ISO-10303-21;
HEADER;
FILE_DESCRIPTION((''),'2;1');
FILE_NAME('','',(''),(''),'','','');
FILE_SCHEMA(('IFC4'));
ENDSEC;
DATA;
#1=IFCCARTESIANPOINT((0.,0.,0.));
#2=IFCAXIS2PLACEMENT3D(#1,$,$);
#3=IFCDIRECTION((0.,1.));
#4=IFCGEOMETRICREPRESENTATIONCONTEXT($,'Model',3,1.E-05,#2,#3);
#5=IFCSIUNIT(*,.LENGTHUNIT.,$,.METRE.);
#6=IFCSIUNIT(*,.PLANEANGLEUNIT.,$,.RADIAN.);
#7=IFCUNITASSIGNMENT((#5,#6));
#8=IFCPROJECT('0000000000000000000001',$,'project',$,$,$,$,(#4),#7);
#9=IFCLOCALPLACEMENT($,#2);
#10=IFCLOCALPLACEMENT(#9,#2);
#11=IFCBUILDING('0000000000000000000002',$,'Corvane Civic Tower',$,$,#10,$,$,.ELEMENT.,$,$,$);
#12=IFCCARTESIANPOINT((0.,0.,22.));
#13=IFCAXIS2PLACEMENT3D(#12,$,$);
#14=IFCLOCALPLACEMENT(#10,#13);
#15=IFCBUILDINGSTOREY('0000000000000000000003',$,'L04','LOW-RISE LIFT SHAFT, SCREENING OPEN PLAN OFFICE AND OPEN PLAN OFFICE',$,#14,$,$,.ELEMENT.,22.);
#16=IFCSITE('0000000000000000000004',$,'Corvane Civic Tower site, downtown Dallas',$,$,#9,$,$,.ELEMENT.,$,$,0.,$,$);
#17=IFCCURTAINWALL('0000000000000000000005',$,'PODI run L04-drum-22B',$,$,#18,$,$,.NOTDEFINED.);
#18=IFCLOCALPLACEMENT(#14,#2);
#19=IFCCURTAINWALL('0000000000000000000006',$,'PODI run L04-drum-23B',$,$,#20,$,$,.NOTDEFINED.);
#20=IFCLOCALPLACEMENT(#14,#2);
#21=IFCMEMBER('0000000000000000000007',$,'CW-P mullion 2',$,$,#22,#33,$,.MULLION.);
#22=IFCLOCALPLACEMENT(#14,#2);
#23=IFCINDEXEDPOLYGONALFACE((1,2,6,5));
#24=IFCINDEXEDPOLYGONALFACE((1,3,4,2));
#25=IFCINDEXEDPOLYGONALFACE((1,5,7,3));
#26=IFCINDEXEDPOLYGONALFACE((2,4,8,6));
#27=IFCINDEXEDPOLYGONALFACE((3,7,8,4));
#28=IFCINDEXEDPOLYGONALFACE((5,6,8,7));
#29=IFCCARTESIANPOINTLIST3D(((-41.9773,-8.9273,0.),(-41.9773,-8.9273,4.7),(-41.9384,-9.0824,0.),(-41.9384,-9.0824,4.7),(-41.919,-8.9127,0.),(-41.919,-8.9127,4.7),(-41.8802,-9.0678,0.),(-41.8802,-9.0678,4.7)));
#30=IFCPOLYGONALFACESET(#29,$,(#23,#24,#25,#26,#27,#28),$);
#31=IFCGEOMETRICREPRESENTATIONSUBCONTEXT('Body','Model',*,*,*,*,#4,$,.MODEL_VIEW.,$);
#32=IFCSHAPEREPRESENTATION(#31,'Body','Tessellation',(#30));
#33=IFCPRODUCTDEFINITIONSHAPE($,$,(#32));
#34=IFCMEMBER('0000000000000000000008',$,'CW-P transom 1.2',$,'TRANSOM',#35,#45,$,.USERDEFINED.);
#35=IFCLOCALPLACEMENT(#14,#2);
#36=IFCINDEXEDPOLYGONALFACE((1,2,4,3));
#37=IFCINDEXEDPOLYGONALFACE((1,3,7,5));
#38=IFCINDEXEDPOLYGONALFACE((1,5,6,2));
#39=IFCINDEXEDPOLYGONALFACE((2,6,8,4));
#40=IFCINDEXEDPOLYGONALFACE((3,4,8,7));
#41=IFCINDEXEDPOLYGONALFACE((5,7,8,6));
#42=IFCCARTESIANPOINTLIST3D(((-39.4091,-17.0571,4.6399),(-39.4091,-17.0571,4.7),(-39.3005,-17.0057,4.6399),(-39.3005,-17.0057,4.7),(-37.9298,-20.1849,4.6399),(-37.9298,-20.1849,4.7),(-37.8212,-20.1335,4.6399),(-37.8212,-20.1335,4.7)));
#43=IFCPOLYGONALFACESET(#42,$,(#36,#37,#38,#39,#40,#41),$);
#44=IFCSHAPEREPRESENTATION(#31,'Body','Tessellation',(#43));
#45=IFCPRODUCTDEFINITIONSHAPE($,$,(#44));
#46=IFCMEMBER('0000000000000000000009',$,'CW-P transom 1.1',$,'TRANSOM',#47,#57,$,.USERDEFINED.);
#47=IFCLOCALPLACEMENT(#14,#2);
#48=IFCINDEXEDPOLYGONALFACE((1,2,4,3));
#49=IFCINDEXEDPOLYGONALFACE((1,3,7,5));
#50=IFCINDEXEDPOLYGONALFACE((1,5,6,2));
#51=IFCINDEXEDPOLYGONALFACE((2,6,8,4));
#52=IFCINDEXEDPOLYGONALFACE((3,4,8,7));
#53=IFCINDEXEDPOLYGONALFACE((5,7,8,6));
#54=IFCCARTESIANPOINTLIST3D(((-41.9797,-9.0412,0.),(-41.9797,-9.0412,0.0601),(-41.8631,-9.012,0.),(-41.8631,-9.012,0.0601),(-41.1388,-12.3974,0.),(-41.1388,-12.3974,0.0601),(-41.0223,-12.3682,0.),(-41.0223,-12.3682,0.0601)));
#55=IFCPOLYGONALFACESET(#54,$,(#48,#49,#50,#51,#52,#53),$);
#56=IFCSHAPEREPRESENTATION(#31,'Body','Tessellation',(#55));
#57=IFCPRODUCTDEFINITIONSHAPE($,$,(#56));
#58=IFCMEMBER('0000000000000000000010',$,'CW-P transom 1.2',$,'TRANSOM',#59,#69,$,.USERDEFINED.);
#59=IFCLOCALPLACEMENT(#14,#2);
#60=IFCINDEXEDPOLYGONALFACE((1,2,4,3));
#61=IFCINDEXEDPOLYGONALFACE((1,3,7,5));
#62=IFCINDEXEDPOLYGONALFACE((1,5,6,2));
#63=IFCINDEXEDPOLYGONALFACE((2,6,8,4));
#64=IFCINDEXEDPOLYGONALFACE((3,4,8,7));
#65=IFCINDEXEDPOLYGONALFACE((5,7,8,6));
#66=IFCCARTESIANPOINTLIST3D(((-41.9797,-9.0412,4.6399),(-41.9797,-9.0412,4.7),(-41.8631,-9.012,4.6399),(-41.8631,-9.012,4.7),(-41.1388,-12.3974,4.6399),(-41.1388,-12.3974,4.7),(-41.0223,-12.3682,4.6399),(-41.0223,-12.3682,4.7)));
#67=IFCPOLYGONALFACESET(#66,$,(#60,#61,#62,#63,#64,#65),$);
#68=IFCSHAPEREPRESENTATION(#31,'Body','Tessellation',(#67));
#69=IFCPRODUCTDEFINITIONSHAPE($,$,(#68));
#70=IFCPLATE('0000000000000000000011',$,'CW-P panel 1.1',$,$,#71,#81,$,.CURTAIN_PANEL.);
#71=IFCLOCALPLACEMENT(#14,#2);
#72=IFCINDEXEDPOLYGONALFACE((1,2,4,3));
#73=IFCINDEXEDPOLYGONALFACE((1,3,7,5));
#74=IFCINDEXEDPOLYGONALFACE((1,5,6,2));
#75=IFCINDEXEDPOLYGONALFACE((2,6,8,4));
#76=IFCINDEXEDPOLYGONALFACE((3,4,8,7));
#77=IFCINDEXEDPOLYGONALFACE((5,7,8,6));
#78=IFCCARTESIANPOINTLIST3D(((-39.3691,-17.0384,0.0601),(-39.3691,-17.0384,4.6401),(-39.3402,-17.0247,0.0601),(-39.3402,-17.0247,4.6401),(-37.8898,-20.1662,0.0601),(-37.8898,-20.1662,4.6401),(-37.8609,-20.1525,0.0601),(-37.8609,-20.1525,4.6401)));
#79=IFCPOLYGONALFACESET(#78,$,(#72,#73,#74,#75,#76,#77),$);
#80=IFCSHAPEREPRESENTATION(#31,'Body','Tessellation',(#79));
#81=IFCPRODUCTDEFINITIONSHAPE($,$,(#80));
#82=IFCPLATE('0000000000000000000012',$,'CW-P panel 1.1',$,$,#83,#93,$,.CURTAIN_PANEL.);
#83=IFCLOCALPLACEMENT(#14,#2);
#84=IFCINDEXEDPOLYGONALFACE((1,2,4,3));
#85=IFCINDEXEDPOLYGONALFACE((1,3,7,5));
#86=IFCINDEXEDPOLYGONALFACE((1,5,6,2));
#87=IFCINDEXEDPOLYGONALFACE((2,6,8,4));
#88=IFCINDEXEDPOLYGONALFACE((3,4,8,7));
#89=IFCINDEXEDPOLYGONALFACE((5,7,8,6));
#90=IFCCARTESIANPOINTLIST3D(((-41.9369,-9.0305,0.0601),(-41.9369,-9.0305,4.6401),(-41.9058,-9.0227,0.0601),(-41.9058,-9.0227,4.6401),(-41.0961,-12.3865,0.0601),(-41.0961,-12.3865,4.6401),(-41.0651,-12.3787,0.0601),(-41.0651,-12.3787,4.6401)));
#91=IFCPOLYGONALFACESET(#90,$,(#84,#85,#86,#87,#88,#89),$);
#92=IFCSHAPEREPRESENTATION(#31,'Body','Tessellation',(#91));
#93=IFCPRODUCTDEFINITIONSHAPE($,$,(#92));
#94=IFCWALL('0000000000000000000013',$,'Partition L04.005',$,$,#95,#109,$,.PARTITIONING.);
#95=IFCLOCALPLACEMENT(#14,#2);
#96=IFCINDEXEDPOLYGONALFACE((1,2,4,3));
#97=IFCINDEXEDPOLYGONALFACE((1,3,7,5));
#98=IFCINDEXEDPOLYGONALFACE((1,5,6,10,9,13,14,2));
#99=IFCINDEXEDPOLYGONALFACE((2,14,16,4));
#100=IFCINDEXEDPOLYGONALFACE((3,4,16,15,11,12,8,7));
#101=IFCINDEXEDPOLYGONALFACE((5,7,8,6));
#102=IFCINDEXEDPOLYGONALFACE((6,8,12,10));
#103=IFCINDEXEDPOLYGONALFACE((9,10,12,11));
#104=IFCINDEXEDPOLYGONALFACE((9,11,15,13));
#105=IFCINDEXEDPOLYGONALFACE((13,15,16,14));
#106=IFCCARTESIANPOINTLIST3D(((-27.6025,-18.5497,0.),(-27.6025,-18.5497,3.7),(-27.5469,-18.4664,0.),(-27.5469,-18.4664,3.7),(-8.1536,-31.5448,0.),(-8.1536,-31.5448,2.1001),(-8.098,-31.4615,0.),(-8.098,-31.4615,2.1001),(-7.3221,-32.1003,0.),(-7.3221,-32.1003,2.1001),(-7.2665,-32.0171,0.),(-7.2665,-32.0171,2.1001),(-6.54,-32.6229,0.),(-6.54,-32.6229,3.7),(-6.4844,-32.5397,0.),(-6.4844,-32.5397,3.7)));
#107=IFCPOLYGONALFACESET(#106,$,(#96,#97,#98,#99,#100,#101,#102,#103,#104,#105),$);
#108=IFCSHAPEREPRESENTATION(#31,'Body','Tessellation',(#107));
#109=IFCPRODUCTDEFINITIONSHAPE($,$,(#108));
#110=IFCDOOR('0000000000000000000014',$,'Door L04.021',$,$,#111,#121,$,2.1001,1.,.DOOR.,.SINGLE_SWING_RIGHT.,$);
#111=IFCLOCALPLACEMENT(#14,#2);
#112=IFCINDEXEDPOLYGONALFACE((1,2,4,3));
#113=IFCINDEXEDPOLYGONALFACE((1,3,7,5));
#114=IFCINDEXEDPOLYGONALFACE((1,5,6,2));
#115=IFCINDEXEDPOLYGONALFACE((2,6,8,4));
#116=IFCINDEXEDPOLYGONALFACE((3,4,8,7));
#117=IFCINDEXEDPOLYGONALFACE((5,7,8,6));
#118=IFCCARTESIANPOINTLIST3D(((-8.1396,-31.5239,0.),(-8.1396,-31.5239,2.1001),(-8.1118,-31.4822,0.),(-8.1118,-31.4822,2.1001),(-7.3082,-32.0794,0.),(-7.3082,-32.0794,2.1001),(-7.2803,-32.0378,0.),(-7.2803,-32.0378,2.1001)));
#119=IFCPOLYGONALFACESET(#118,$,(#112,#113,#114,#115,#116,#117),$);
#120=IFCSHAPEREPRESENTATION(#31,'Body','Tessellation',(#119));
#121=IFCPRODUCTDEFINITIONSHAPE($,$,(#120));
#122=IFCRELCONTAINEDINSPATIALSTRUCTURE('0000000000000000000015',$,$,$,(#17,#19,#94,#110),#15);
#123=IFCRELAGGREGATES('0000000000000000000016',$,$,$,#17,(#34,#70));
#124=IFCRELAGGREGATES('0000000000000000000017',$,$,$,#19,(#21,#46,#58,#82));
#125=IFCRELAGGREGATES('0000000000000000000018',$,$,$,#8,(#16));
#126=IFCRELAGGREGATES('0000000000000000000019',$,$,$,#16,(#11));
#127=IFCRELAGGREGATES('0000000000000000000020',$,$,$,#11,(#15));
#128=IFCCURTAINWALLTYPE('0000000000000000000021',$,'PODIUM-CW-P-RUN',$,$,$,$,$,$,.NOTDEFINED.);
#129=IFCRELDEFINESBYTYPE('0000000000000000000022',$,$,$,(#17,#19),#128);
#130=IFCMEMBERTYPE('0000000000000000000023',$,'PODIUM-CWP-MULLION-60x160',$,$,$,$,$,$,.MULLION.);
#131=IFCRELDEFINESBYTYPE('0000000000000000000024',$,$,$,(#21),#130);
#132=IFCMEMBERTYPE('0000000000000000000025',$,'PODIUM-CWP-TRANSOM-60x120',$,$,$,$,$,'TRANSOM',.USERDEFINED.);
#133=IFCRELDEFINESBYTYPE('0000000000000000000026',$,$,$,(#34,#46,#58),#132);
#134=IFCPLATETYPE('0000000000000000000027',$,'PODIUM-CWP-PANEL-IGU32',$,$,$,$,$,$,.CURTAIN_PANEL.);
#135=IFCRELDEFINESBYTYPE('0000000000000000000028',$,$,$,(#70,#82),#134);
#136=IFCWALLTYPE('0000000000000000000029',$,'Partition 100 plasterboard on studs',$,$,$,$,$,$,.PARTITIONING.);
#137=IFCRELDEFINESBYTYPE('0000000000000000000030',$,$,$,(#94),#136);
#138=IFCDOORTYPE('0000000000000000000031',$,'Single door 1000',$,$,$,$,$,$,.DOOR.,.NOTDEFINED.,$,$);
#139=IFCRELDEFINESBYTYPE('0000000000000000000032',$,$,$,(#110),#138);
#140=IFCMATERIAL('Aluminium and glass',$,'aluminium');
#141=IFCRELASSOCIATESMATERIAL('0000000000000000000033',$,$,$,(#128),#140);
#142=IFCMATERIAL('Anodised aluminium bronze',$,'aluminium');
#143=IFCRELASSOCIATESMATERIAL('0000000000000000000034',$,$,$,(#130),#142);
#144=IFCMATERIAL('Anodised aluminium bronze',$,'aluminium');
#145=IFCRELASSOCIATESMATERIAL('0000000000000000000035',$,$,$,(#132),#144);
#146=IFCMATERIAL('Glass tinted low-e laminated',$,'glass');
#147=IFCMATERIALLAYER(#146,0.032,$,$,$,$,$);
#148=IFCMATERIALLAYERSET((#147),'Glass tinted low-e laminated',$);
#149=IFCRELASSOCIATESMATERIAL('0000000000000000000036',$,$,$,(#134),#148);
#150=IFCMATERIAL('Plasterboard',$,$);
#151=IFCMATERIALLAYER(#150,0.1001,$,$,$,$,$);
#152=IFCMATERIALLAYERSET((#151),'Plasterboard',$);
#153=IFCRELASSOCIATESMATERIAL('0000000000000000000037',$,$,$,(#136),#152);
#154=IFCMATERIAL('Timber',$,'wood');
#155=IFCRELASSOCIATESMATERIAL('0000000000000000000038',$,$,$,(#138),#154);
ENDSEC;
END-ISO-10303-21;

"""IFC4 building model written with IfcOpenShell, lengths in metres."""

from ifc_helpers import new_model, si_unit, direction, frame, frame_2d, origin, origin_2d, place, context, subcontext, project, spatial, rectangle, extrude, material, layer, layer_set, material_profile, profile_set, type_object, element, fill, aggregate, save


model = new_model("IFC4")

# Units and contexts
model_context = context("Model", 3, precision=1e-05, world=origin(), true_north=direction((0.0, 1.0)))
body_context = subcontext(model_context, "Body", "Model", "MODEL_VIEW")
ifc_project = project(units=[si_unit("LENGTHUNIT", "METRE"), si_unit("PLANEANGLEUNIT", "RADIAN")], contexts=[model_context])

# Site, building, storey
site_placement = place(None, origin())
site = spatial("IfcSite", under=ifc_project, at=site_placement, Name="Corvane Civic Tower site, downtown Dallas", CompositionType="ELEMENT", RefElevation=0.0)
building_placement = place(site_placement, origin())
building = spatial("IfcBuilding", under=site, at=building_placement, Name="Corvane Civic Tower", CompositionType="ELEMENT")
storey_placement = place(building_placement, frame((0.0, 0.0, 22.0)))
storey = spatial("IfcBuildingStorey", under=building, at=storey_placement, Name="L04", Description="LOW-RISE LIFT SHAFT, SCREENING OPEN PLAN OFFICE AND OPEN PLAN OFFICE", CompositionType="ELEMENT", Elevation=22.0)

# Curtain wall
ifc_material_1 = material(Name="Aluminium and glass", Category="aluminium")
curtain_wall_type = type_object("IfcCurtainWallType", Name="PODIUM-CW-P-RUN", PredefinedType="NOTDEFINED", material=ifc_material_1)
curtain_wall_1_placement = place(storey_placement, origin())
curtain_wall_1 = element("IfcCurtainWall", 1, at=curtain_wall_1_placement, inside=storey, type_object=curtain_wall_type, Name="PODI run L04-drum-22B", PredefinedType="NOTDEFINED")
ifc_material_2 = material(Name="Anodised aluminium bronze", Category="aluminium")
ifc_material_profile_1 = material_profile(ifc_material_2, rectangle(XDim=0.0601, YDim=0.1599, at=origin_2d()), Name="AL 60x160")
ifc_profile_set_1 = profile_set([ifc_material_profile_1], Name="Anodised aluminium bronze")
member_type_1 = type_object("IfcMemberType", Name="PODIUM-CWP-MULLION-60x160", PredefinedType="MULLION", material=ifc_profile_set_1)

# Curtain wall, member
curtain_wall_2_placement = place(storey_placement, origin())
curtain_wall_2 = element("IfcCurtainWall", 2, at=curtain_wall_2_placement, inside=storey, type_object=curtain_wall_type, Name="PODI run L04-drum-23B", PredefinedType="NOTDEFINED")
member_1_placement = place(storey_placement, frame((-41.9287, -8.9976, 0.0), z_axis=(0.0, 0.0, 1.0), x_axis=(-0.970024, -0.243009, 0.0)))
member_1 = element("IfcMember", 3, at=member_1_placement, type_object=member_type_1, Name="CW-P mullion 2", PredefinedType="MULLION", context=body_context, shape_type="SweptSolid", body=[
    extrude(rectangle(XDim=0.0601, YDim=0.1599, at=origin_2d()), origin(), (0.0, 0.0, 1.0), 4.7),
])

# Members
ifc_material_3 = material(Name="Anodised aluminium bronze", Category="aluminium")
ifc_material_profile_2 = material_profile(ifc_material_3, rectangle(XDim=0.1201, YDim=0.0601, at=origin_2d()), Name="AL 120x60")
ifc_profile_set_2 = profile_set([ifc_material_profile_2], Name="Anodised aluminium bronze")
member_type_2 = type_object("IfcMemberType", Name="PODIUM-CWP-TRANSOM-60x120", ElementType="TRANSOM", PredefinedType="USERDEFINED", material=ifc_profile_set_2)
member_2_placement = place(storey_placement, frame((-37.8755, -20.1592, 4.6699), z_axis=(-0.427546, 0.903993, 0.0), x_axis=(-0.903993, -0.427546, 0.0)))
member_2 = element("IfcMember", 4, at=member_2_placement, type_object=member_type_2, Name="CW-P transom 1.2", ObjectType="TRANSOM", PredefinedType="USERDEFINED", context=body_context, shape_type="SweptSolid", body=[
    extrude(rectangle(XDim=0.1201, YDim=0.0601, at=origin_2d()), origin(), (0.0, 0.0, 1.0), 3.46),
])
member_3_placement = place(storey_placement, frame((-41.0806, -12.3828, 0.03), z_axis=(-0.243017, 0.970022, 0.0), x_axis=(-0.970022, -0.243017, 0.0)))
member_3 = element("IfcMember", 5, at=member_3_placement, type_object=member_type_2, Name="CW-P transom 1.1", ObjectType="TRANSOM", PredefinedType="USERDEFINED", context=body_context, shape_type="SweptSolid", body=[
    extrude(rectangle(XDim=0.1201, YDim=0.0601, at=origin_2d()), origin(), (0.0, 0.0, 1.0), 3.46),
])
member_4_placement = place(storey_placement, frame((-41.0806, -12.3828, 4.6699), z_axis=(-0.243017, 0.970022, 0.0), x_axis=(-0.970022, -0.243017, 0.0)))
member_4 = element("IfcMember", 6, at=member_4_placement, type_object=member_type_2, Name="CW-P transom 1.2", ObjectType="TRANSOM", PredefinedType="USERDEFINED", context=body_context, shape_type="SweptSolid", body=[
    extrude(rectangle(XDim=0.1201, YDim=0.0601, at=origin_2d()), origin(), (0.0, 0.0, 1.0), 3.46),
])

# Plates
ifc_material_4 = material(Name="Glass tinted low-e laminated", Category="glass")
ifc_layer_1 = layer(ifc_material_4, 0.032)
ifc_layer_set_1 = layer_set([ifc_layer_1], Name="Glass tinted low-e laminated")
plate_type = type_object("IfcPlateType", Name="PODIUM-CWP-PANEL-IGU32", PredefinedType="CURTAIN_PANEL", material=ifc_layer_set_1)
plate_1_placement = place(storey_placement, frame((-38.615, -18.5955, 0.0601), z_axis=(0.0, 0.0, 1.0), x_axis=(-0.427553, 0.90399, 0.0)))
plate_1 = element("IfcPlate", 7, at=plate_1_placement, type_object=plate_type, Name="CW-P panel 1.1", PredefinedType="CURTAIN_PANEL", context=body_context, shape_type="SweptSolid", body=[
    extrude(rectangle(XDim=3.46, YDim=0.032, at=origin_2d()), origin(), (0.0, 0.0, 1.0), 4.5801),
])
aggregate(curtain_wall_1, [member_2, plate_1])
plate_2_placement = place(storey_placement, frame((-41.501, -10.7046, 0.0601), z_axis=(0.0, 0.0, 1.0), x_axis=(-0.243009, 0.970024, 0.0)))
plate_2 = element("IfcPlate", 8, at=plate_2_placement, type_object=plate_type, Name="CW-P panel 1.1", PredefinedType="CURTAIN_PANEL", context=body_context, shape_type="SweptSolid", body=[
    extrude(rectangle(XDim=3.4597, YDim=0.032, at=origin_2d()), origin(), (0.0, 0.0, 1.0), 4.5801),
])
aggregate(curtain_wall_2, [member_1, member_3, member_4, plate_2])

# Wall, opening, door
ifc_material_5 = material(Name="Plasterboard")
ifc_layer_2 = layer(ifc_material_5, 0.1001)
ifc_layer_set_2 = layer_set([ifc_layer_2], Name="Plasterboard")
wall_type_1 = type_object("IfcWallType", Name="Partition 100 plasterboard on studs", PredefinedType="PARTITIONING", material=ifc_layer_set_2)
wall_1_placement = place(storey_placement, frame((-27.5747, -18.5081, 0.0), z_axis=(0.0, 0.0, 1.0), x_axis=(0.831475, -0.555563, 0.0)))
wall_1 = element("IfcWall", 9, at=wall_1_placement, inside=storey, type_object=wall_type_1, Name="Partition L04.005", PredefinedType="PARTITIONING", context=body_context, shape_type="SweptSolid", body=[
    extrude(rectangle(XDim=25.3315, YDim=0.1001, at=frame_2d((12.6658, 0.0))), origin(), (0.0, 0.0, 1.0), 3.7),
])
opening_1_placement = place(wall_1_placement, frame((23.3909, 0.0, 0.0)))
opening_1 = element("IfcOpeningElement", 10, at=opening_1_placement, cuts=wall_1, PredefinedType="OPENING", context=body_context, shape_type="SweptSolid", body=[
    extrude(rectangle(XDim=1.0, YDim=2.1001, at=frame_2d((0.5, 1.05))), frame((0.0, 0.0601, 0.0), z_axis=(0.0, -1.0, 0.0), x_axis=(1.0, 0.0, 0.0)), (0.0, 0.0, 1.0), 0.1201),
])
ifc_material_6 = material(Name="Timber", Category="wood")
door_type_1 = type_object("IfcDoorType", Name="Single door 1000", OperationType="NOTDEFINED", PredefinedType="DOOR", material=ifc_material_6)
door_1_placement = place(opening_1_placement, frame((1.0, 0.0, 0.0), z_axis=(0.0, 0.0, 1.0), x_axis=(-1.0, 0.0, 0.0)))
door_1 = element("IfcDoor", 11, at=door_1_placement, inside=storey, type_object=door_type_1, Name="Door L04.021", OperationType="SINGLE_SWING_RIGHT", OverallHeight=2.1001, OverallWidth=1.0, PredefinedType="DOOR", context=body_context, shape_type="SweptSolid", body=[
    extrude(rectangle(XDim=1.0, YDim=2.1001, at=frame_2d((0.5, 1.05))), frame((0.0, 0.0249, 0.0), z_axis=(0.0, -1.0, 0.0), x_axis=(1.0, 0.0, 0.0)), (0.0, 0.0, 1.0), 0.05),
])
fill(opening_1, door_1)

save(model, "model.ifc")
